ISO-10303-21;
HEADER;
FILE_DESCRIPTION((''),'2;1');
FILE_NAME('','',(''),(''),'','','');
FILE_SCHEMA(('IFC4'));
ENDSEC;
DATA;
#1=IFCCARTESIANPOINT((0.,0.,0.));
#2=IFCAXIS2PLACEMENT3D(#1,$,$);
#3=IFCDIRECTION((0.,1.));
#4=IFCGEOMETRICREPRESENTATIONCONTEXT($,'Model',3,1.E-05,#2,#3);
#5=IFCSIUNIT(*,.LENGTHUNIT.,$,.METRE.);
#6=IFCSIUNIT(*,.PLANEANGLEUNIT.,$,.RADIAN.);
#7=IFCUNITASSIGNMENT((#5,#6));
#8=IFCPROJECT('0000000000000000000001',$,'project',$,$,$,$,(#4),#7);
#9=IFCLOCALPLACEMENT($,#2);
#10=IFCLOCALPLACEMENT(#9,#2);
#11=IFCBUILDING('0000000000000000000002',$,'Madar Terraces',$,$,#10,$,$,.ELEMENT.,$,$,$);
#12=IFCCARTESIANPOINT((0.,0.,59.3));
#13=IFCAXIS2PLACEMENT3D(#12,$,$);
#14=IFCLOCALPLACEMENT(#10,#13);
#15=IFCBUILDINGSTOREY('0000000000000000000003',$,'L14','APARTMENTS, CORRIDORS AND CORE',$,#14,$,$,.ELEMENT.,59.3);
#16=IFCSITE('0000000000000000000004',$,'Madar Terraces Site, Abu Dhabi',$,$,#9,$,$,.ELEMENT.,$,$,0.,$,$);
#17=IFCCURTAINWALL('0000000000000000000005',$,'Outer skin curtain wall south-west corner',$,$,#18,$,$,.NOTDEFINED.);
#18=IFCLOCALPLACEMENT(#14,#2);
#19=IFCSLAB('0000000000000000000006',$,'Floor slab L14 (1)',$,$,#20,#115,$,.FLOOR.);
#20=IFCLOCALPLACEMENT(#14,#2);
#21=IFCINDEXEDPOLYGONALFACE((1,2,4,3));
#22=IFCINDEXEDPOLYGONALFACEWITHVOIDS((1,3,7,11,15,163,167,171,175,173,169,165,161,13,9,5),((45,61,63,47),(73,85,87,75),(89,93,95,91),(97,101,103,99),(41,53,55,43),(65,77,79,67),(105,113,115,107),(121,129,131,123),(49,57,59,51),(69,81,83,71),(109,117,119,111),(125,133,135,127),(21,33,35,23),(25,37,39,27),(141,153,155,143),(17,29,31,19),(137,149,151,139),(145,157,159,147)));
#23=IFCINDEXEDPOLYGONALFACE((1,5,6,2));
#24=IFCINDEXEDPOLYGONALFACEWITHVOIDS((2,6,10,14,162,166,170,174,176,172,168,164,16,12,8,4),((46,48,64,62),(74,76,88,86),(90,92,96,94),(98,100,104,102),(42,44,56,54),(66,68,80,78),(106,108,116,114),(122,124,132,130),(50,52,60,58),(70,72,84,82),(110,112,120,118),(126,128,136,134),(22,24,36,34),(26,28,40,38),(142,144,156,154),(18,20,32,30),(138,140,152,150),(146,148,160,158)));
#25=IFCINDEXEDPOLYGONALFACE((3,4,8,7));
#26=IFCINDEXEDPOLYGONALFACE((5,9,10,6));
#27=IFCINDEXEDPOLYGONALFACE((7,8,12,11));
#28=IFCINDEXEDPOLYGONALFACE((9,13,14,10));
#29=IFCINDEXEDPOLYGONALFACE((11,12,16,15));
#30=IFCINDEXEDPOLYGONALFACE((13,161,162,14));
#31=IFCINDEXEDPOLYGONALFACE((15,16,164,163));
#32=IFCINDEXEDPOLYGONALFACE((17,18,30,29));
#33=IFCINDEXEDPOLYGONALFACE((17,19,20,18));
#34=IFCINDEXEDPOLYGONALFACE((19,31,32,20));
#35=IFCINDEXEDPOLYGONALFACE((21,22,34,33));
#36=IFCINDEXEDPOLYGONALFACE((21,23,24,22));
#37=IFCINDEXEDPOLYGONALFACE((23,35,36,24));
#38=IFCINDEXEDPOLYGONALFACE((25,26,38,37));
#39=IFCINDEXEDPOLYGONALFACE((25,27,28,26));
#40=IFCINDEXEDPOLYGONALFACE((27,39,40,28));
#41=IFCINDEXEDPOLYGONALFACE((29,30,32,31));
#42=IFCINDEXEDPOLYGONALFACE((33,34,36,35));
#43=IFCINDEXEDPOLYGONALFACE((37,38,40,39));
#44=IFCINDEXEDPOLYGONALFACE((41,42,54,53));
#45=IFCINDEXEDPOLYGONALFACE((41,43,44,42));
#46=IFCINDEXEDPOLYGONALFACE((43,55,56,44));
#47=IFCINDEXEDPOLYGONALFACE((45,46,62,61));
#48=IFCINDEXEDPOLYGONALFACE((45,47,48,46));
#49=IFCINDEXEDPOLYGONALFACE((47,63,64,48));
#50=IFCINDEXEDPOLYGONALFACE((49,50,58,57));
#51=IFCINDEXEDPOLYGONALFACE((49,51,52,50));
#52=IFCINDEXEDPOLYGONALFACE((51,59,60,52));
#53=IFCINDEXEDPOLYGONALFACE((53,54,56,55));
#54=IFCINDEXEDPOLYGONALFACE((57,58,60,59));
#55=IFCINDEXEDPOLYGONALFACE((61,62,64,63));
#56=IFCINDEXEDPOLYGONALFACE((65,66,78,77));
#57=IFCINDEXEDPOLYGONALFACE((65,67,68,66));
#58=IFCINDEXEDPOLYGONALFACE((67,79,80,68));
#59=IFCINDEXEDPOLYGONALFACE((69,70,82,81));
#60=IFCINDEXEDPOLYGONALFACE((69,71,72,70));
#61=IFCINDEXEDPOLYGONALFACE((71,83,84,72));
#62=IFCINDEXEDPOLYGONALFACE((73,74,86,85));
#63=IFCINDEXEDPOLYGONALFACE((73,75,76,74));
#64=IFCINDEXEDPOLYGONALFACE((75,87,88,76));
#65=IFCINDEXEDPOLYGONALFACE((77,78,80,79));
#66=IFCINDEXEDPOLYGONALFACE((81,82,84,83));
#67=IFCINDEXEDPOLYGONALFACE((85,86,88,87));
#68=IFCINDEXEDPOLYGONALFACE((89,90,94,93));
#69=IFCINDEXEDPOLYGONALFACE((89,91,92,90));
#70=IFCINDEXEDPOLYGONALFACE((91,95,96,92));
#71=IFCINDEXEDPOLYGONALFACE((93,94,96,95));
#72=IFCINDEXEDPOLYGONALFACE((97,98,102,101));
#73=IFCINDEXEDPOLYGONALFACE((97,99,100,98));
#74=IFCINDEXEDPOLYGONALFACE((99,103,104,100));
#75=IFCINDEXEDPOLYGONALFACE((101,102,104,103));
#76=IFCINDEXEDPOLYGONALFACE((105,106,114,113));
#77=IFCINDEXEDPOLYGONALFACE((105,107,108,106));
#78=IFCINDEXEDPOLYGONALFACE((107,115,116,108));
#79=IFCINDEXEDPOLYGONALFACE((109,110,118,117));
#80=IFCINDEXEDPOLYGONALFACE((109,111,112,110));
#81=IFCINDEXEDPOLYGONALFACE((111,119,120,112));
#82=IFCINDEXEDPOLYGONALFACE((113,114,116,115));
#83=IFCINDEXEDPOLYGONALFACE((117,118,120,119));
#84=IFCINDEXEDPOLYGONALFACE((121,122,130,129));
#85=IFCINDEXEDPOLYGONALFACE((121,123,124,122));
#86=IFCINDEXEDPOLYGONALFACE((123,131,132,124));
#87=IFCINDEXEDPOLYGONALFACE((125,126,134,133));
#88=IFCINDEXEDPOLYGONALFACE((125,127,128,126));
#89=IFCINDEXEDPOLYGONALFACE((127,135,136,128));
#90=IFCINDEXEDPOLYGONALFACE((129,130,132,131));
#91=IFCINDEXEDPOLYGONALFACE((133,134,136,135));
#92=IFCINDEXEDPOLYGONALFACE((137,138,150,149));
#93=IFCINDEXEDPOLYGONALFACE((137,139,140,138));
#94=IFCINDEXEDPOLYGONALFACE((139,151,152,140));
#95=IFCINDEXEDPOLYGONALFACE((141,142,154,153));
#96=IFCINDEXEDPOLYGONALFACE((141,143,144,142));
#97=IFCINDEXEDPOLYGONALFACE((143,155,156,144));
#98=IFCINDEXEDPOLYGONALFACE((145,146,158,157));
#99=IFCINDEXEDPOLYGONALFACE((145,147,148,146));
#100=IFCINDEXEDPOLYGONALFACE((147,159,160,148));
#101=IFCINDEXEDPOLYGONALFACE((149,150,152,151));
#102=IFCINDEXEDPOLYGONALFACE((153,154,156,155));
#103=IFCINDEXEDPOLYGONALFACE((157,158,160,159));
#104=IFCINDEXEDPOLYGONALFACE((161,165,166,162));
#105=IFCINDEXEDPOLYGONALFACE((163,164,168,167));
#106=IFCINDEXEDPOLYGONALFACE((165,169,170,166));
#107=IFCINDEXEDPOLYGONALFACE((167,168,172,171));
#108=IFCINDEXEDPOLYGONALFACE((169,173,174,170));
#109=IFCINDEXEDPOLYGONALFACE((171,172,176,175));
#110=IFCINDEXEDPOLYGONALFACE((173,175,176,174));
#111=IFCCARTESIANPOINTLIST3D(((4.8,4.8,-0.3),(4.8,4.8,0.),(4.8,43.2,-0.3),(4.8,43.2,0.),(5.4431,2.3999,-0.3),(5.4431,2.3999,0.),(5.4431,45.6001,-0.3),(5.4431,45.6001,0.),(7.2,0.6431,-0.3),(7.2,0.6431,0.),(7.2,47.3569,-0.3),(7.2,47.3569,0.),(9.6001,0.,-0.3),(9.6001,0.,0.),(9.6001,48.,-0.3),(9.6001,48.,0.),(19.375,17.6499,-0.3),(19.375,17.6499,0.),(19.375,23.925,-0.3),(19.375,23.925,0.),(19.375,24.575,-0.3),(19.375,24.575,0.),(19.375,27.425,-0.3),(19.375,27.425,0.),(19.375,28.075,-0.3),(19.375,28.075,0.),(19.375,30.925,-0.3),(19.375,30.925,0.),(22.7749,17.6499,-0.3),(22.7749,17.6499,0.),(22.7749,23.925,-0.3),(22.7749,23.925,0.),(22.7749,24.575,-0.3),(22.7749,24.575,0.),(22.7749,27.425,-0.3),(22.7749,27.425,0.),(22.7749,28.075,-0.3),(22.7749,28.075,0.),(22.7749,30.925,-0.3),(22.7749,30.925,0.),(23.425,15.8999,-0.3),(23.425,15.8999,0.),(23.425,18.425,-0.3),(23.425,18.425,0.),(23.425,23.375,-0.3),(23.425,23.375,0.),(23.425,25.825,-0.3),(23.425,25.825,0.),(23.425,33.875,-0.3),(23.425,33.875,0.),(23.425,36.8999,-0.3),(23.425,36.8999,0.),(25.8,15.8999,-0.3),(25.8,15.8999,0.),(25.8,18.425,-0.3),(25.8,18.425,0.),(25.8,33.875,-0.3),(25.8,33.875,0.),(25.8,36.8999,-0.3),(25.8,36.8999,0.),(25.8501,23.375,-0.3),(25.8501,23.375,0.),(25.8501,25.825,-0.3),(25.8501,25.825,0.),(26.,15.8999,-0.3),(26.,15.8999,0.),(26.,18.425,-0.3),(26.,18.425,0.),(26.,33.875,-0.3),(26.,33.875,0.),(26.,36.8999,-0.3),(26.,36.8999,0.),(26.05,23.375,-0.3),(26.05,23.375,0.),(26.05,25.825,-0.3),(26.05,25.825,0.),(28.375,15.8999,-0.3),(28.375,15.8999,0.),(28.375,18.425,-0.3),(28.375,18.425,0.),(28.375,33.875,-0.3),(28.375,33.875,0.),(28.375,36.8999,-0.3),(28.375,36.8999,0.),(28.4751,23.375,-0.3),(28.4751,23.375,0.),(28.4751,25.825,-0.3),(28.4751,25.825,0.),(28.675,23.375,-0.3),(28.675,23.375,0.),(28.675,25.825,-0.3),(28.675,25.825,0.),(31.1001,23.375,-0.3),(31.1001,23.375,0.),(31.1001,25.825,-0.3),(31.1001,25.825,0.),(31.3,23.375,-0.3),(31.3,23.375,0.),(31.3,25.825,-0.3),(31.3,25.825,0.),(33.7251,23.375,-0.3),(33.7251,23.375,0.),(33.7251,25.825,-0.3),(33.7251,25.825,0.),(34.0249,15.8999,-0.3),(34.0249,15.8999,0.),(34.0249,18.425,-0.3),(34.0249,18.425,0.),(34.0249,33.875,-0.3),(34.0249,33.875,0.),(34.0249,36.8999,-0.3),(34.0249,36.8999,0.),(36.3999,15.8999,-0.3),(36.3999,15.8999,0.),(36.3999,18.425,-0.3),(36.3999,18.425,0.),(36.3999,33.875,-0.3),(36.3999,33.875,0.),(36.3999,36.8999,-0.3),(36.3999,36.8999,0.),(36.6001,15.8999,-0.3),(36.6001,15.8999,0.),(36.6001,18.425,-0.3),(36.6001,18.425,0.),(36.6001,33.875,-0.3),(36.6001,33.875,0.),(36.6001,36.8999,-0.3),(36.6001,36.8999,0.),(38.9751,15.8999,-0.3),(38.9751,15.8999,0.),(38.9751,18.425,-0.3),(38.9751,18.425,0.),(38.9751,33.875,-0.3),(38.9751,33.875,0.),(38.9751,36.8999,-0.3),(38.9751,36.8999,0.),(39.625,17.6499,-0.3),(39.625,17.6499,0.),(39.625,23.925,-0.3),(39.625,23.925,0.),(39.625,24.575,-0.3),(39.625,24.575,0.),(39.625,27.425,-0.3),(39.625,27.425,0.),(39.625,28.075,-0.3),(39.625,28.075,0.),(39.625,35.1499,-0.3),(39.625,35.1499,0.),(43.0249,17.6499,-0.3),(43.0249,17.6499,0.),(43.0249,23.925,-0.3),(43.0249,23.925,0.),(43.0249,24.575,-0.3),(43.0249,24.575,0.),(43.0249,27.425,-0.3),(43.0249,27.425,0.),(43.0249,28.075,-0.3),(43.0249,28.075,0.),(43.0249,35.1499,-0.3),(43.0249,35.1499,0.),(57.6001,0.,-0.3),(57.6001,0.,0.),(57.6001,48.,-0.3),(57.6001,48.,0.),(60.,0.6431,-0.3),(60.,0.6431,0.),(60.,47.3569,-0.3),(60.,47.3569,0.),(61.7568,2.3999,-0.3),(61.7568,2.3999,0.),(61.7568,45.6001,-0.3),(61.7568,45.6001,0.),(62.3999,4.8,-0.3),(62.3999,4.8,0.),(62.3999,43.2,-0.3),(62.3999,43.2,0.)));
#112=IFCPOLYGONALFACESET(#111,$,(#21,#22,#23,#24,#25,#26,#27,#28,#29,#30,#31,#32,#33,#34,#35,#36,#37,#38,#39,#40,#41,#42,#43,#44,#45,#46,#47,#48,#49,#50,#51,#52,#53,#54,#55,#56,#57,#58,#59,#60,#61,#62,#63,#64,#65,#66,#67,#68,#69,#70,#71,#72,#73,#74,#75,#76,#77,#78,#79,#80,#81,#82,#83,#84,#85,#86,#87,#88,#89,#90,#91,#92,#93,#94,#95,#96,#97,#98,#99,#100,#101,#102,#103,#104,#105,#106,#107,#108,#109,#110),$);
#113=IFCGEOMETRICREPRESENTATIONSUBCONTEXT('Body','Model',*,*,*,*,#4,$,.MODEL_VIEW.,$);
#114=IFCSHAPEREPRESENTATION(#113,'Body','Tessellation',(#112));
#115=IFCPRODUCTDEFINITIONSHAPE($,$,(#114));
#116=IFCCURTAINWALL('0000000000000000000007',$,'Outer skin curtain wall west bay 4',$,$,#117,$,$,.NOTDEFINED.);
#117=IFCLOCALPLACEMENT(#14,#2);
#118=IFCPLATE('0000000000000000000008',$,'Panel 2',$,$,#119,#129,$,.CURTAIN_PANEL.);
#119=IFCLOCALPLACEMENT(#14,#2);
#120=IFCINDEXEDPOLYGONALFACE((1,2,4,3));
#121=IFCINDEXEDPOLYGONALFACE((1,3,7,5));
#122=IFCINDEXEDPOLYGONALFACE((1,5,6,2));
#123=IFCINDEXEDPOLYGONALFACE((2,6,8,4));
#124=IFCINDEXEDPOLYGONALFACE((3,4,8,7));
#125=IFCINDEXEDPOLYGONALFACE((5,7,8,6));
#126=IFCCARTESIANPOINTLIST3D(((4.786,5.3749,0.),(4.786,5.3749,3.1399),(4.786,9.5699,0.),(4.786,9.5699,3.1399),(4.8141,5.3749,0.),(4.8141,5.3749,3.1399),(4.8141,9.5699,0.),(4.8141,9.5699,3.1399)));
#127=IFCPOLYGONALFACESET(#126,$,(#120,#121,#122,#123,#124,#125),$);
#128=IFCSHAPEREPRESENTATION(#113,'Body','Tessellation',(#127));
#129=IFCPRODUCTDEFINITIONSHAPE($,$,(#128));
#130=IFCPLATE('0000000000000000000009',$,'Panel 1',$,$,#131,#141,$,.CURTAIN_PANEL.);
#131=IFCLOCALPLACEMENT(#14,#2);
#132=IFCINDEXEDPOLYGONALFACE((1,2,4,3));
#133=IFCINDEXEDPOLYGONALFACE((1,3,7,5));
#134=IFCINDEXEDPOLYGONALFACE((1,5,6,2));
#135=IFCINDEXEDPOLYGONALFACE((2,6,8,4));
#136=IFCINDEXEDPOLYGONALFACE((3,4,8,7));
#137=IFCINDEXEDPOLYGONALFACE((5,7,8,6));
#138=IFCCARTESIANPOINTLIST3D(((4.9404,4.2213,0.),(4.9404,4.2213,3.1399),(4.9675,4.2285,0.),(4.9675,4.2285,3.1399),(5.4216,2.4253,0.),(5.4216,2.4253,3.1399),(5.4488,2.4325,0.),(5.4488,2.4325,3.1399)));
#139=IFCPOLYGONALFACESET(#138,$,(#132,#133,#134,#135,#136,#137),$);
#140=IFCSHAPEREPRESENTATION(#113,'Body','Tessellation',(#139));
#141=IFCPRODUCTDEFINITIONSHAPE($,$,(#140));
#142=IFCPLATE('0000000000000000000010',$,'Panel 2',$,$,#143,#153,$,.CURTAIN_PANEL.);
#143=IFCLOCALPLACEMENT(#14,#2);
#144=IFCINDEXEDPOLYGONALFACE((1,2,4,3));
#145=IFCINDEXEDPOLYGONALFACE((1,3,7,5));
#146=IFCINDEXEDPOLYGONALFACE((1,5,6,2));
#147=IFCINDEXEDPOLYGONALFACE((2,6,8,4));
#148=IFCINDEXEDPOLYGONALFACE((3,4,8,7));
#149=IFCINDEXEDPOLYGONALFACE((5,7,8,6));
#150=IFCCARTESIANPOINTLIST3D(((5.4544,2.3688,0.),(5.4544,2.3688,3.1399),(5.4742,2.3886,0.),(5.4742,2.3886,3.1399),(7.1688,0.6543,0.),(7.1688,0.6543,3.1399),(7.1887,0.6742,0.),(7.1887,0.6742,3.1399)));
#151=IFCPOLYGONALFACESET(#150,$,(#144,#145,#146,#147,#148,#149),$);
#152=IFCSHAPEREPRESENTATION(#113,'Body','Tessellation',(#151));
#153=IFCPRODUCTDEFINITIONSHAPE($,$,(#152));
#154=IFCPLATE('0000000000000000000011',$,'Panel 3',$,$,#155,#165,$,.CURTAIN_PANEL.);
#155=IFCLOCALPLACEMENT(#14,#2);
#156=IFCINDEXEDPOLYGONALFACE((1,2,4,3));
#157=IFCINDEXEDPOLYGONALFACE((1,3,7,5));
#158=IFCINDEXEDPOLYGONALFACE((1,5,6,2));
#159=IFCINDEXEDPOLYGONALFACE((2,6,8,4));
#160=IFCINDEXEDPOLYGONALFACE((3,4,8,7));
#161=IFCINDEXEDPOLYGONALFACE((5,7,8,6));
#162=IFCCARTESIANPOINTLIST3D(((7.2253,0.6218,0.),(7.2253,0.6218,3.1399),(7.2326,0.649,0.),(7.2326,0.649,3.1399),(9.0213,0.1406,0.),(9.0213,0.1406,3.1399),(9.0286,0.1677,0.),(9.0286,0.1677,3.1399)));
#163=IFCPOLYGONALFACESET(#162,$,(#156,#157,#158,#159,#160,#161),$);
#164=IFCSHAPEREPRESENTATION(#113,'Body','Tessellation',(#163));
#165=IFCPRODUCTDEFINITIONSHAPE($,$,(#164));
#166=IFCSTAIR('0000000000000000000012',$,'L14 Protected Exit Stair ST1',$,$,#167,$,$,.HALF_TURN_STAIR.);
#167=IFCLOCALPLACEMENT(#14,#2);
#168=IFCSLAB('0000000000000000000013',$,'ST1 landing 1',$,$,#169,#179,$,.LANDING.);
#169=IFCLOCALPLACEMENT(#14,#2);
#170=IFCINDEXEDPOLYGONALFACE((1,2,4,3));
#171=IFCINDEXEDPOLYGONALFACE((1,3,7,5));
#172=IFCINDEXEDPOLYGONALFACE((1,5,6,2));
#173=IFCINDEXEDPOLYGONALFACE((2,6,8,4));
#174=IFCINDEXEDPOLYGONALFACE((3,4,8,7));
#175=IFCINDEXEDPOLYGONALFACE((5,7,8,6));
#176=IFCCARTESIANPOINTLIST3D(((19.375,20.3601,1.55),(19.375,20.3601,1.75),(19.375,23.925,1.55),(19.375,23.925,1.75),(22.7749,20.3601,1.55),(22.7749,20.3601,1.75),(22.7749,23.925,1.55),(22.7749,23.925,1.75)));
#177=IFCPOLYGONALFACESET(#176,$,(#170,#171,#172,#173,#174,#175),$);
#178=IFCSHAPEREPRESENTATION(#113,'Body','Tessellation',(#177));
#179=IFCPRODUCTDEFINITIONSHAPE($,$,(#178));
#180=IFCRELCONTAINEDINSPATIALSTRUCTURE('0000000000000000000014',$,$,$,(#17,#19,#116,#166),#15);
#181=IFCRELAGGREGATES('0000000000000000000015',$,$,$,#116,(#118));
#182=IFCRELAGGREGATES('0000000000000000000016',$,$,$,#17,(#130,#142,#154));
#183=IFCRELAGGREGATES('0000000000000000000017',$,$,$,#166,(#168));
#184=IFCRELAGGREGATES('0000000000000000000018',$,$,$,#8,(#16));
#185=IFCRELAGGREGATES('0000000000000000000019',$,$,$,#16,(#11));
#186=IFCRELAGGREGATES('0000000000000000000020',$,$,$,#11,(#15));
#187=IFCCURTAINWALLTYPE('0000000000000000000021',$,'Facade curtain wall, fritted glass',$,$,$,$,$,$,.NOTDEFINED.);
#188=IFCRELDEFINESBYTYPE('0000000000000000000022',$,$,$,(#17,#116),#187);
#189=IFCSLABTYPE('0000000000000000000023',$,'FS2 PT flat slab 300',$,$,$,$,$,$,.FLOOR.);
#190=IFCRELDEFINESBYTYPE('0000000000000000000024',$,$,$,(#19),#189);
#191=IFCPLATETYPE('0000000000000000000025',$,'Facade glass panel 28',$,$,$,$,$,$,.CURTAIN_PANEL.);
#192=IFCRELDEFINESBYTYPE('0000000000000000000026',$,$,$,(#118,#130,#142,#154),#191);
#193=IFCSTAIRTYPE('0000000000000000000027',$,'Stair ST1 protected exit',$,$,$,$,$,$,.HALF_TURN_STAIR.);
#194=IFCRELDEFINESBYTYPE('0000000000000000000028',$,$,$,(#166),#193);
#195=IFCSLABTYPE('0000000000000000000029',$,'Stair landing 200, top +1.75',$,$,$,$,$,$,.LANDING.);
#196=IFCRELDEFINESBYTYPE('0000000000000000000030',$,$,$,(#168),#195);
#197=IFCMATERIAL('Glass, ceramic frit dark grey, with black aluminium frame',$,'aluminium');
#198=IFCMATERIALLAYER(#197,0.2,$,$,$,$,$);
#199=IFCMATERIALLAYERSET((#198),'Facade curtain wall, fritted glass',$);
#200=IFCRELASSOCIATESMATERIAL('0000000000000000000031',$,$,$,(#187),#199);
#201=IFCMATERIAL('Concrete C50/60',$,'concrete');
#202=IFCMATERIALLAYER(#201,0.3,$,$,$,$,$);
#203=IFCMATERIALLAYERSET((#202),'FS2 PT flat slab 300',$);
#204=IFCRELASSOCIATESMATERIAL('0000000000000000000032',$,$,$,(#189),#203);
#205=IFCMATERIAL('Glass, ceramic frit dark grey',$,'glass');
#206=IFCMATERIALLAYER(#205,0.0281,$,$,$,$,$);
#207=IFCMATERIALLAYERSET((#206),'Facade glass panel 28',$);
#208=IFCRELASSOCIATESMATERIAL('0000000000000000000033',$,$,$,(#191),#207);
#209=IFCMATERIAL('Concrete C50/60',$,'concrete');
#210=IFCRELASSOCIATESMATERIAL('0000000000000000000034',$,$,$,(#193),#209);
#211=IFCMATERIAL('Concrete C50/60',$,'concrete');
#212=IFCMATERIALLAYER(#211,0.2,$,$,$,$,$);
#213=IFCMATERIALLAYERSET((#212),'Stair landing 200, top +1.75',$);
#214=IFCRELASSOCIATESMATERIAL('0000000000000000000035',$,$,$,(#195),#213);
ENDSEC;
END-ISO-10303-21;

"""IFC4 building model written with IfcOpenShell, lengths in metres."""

from ifc_helpers import new_model, si_unit, direction, frame, origin, origin_2d, place, context, subcontext, project, spatial, polyline, rectangle, outline, extrude, material, layer, layer_set, type_object, element, aggregate, save


model = new_model("IFC4")

# Units and contexts
model_context = context("Model", 3, precision=1e-05, world=origin(), true_north=direction((0.0, 1.0)))
body_context = subcontext(model_context, "Body", "Model", "MODEL_VIEW")
ifc_project = project(units=[si_unit("LENGTHUNIT", "METRE"), si_unit("PLANEANGLEUNIT", "RADIAN")], contexts=[model_context])

# Site, building, storey
site_placement = place(None, origin())
site = spatial("IfcSite", under=ifc_project, at=site_placement, Name="Madar Terraces Site, Abu Dhabi", CompositionType="ELEMENT", RefElevation=0.0)
building_placement = place(site_placement, origin())
building = spatial("IfcBuilding", under=site, at=building_placement, Name="Madar Terraces", CompositionType="ELEMENT")
storey_placement = place(building_placement, frame((0.0, 0.0, 59.3)))
storey = spatial("IfcBuildingStorey", under=building, at=storey_placement, Name="L14", Description="APARTMENTS, CORRIDORS AND CORE", CompositionType="ELEMENT", Elevation=59.3)

# Curtain wall
ifc_material_1 = material(Name="Glass, ceramic frit dark grey, with black aluminium frame", Category="aluminium")
ifc_layer_1 = layer(ifc_material_1, 0.2)
ifc_layer_set_1 = layer_set([ifc_layer_1], Name="Facade curtain wall, fritted glass")
curtain_wall_type = type_object("IfcCurtainWallType", Name="Facade curtain wall, fritted glass", PredefinedType="NOTDEFINED", material=ifc_layer_set_1)
curtain_wall_1_placement = place(storey_placement, origin())
curtain_wall_1 = element("IfcCurtainWall", 1, at=curtain_wall_1_placement, inside=storey, type_object=curtain_wall_type, Name="Outer skin curtain wall south-west corner", PredefinedType="NOTDEFINED")

# Slab
ifc_material_2 = material(Name="Concrete C50/60", Category="concrete")
ifc_layer_2 = layer(ifc_material_2, 0.3)
ifc_layer_set_2 = layer_set([ifc_layer_2], Name="FS2 PT flat slab 300")
slab_type_1 = type_object("IfcSlabType", Name="FS2 PT flat slab 300", PredefinedType="FLOOR", material=ifc_layer_set_2)
slab_1_placement = place(storey_placement, frame((0.0, 0.0, -0.3)))
element("IfcSlab", 2, at=slab_1_placement, inside=storey, type_object=slab_type_1, Name="Floor slab L14 (1)", PredefinedType="FLOOR", context=body_context, shape_type="SweptSolid", body=[
    extrude(outline(polyline([(57.6001, 0.0), (60.0, 0.6431), (61.7568, 2.3999), (62.3999, 4.8), (62.3999, 43.2), (61.7568, 45.6001), (60.0, 47.3569), (57.6001, 48.0), (9.6001, 48.0), (7.2, 47.3569), (5.4431, 45.6001), (4.8, 43.2), (4.8, 4.8), (5.4431, 2.3999), (7.2, 0.6431), (9.6001, 0.0), (57.6001, 0.0)]), holes=[polyline([(23.425, 15.8999), (23.425, 18.425), (25.8, 18.425), (25.8, 15.8999), (23.425, 15.8999)]), polyline([(26.0, 15.8999), (26.0, 18.425), (28.375, 18.425), (28.375, 15.8999), (26.0, 15.8999)]), polyline([(19.375, 17.6499), (19.375, 23.925), (22.7749, 23.925), (22.7749, 17.6499), (19.375, 17.6499)]), polyline([(23.425, 23.375), (23.425, 25.825), (25.8501, 25.825), (25.8501, 23.375), (23.425, 23.375)]), polyline([(26.05, 23.375), (26.05, 25.825), (28.4751, 25.825), (28.4751, 23.375), (26.05, 23.375)]), polyline([(19.375, 24.575), (19.375, 27.425), (22.7749, 27.425), (22.7749, 24.575), (19.375, 24.575)]), polyline([(19.375, 28.075), (19.375, 30.925), (22.7749, 30.925), (22.7749, 28.075), (19.375, 28.075)]), polyline([(23.425, 36.8999), (25.8, 36.8999), (25.8, 33.875), (23.425, 33.875), (23.425, 36.8999)]), polyline([(26.0, 36.8999), (28.375, 36.8999), (28.375, 33.875), (26.0, 33.875), (26.0, 36.8999)]), polyline([(34.0249, 15.8999), (34.0249, 18.425), (36.3999, 18.425), (36.3999, 15.8999), (34.0249, 15.8999)]), polyline([(36.6001, 15.8999), (36.6001, 18.425), (38.9751, 18.425), (38.9751, 15.8999), (36.6001, 15.8999)]), polyline([(39.625, 17.6499), (39.625, 23.925), (43.0249, 23.925), (43.0249, 17.6499), (39.625, 17.6499)]), polyline([(28.675, 23.375), (28.675, 25.825), (31.1001, 25.825), (31.1001, 23.375), (28.675, 23.375)]), polyline([(31.3, 23.375), (31.3, 25.825), (33.7251, 25.825), (33.7251, 23.375), (31.3, 23.375)]), polyline([(39.625, 24.575), (39.625, 27.425), (43.0249, 27.425), (43.0249, 24.575), (39.625, 24.575)]), polyline([(39.625, 28.075), (39.625, 35.1499), (43.0249, 35.1499), (43.0249, 28.075), (39.625, 28.075)]), polyline([(34.0249, 36.8999), (36.3999, 36.8999), (36.3999, 33.875), (34.0249, 33.875), (34.0249, 36.8999)]), polyline([(36.6001, 36.8999), (38.9751, 36.8999), (38.9751, 33.875), (36.6001, 33.875), (36.6001, 36.8999)])]), origin(), (0.0, 0.0, 1.0), 0.3),
])

# Curtain wall, plate
curtain_wall_2_placement = place(storey_placement, origin())
curtain_wall_2 = element("IfcCurtainWall", 3, at=curtain_wall_2_placement, inside=storey, type_object=curtain_wall_type, Name="Outer skin curtain wall west bay 4", PredefinedType="NOTDEFINED")
ifc_material_3 = material(Name="Glass, ceramic frit dark grey", Category="glass")
ifc_layer_3 = layer(ifc_material_3, 0.0281)
ifc_layer_set_3 = layer_set([ifc_layer_3], Name="Facade glass panel 28")
plate_type = type_object("IfcPlateType", Name="Facade glass panel 28", PredefinedType="CURTAIN_PANEL", material=ifc_layer_set_3)
plate_1_placement = place(storey_placement, frame((4.8, 7.4724, 0.0), z_axis=(0.0, 0.0, 1.0), x_axis=(0.0, -1.0, 0.0)))
plate_1 = element("IfcPlate", 4, at=plate_1_placement, type_object=plate_type, Name="Panel 2", PredefinedType="CURTAIN_PANEL", context=body_context, shape_type="SweptSolid", body=[
    extrude(rectangle(XDim=4.1951, YDim=0.0281, at=origin_2d()), origin(), (0.0, 0.0, 1.0), 3.1399),
])
aggregate(curtain_wall_2, [plate_1])

# Plates
plate_2_placement = place(storey_placement, frame((5.1946, 3.3269, 0.0), z_axis=(0.0, 0.0, 1.0), x_axis=(0.258819, -0.965926, 0.0)))
plate_2 = element("IfcPlate", 5, at=plate_2_placement, type_object=plate_type, Name="Panel 1", PredefinedType="CURTAIN_PANEL", context=body_context, shape_type="SweptSolid", body=[
    extrude(rectangle(XDim=1.8594, YDim=0.0281, at=origin_2d()), origin(), (0.0, 0.0, 1.0), 3.1399),
])
plate_3_placement = place(storey_placement, frame((6.3215, 1.5215, 0.0), z_axis=(0.0, 0.0, 1.0), x_axis=(0.707107, -0.707107, 0.0)))
plate_3 = element("IfcPlate", 6, at=plate_3_placement, type_object=plate_type, Name="Panel 2", PredefinedType="CURTAIN_PANEL", context=body_context, shape_type="SweptSolid", body=[
    extrude(rectangle(XDim=2.4246, YDim=0.0281, at=origin_2d()), origin(), (0.0, 0.0, 1.0), 3.1399),
])
plate_4_placement = place(storey_placement, frame((8.127, 0.3948, 0.0), z_axis=(0.0, 0.0, 1.0), x_axis=(0.965926, -0.258819, 0.0)))
plate_4 = element("IfcPlate", 7, at=plate_4_placement, type_object=plate_type, Name="Panel 3", PredefinedType="CURTAIN_PANEL", context=body_context, shape_type="SweptSolid", body=[
    extrude(rectangle(XDim=1.8594, YDim=0.0281, at=origin_2d()), origin(), (0.0, 0.0, 1.0), 3.1399),
])
aggregate(curtain_wall_1, [plate_2, plate_3, plate_4])

# Stair, slab
ifc_material_4 = material(Name="Concrete C50/60", Category="concrete")
stair_type_1 = type_object("IfcStairType", Name="Stair ST1 protected exit", PredefinedType="HALF_TURN_STAIR", material=ifc_material_4)
stair_1_placement = place(storey_placement, origin())
stair_1 = element("IfcStair", 8, at=stair_1_placement, inside=storey, type_object=stair_type_1, Name="L14 Protected Exit Stair ST1", PredefinedType="HALF_TURN_STAIR")
ifc_material_5 = material(Name="Concrete C50/60", Category="concrete")
ifc_layer_4 = layer(ifc_material_5, 0.2)
ifc_layer_set_4 = layer_set([ifc_layer_4], Name="Stair landing 200, top +1.75")
slab_type_2 = type_object("IfcSlabType", Name="Stair landing 200, top +1.75", PredefinedType="LANDING", material=ifc_layer_set_4)
slab_2_placement = place(storey_placement, frame((0.0, 0.0, 1.55)))
slab_2 = element("IfcSlab", 9, at=slab_2_placement, type_object=slab_type_2, Name="ST1 landing 1", PredefinedType="LANDING", context=body_context, shape_type="SweptSolid", body=[
    extrude(outline(polyline([(19.375, 20.3601), (22.7749, 20.3601), (22.7749, 23.925), (19.375, 23.925), (19.375, 20.3601)])), origin(), (0.0, 0.0, 1.0), 0.2),
])
aggregate(stair_1, [slab_2])

save(model, "model.ifc")
